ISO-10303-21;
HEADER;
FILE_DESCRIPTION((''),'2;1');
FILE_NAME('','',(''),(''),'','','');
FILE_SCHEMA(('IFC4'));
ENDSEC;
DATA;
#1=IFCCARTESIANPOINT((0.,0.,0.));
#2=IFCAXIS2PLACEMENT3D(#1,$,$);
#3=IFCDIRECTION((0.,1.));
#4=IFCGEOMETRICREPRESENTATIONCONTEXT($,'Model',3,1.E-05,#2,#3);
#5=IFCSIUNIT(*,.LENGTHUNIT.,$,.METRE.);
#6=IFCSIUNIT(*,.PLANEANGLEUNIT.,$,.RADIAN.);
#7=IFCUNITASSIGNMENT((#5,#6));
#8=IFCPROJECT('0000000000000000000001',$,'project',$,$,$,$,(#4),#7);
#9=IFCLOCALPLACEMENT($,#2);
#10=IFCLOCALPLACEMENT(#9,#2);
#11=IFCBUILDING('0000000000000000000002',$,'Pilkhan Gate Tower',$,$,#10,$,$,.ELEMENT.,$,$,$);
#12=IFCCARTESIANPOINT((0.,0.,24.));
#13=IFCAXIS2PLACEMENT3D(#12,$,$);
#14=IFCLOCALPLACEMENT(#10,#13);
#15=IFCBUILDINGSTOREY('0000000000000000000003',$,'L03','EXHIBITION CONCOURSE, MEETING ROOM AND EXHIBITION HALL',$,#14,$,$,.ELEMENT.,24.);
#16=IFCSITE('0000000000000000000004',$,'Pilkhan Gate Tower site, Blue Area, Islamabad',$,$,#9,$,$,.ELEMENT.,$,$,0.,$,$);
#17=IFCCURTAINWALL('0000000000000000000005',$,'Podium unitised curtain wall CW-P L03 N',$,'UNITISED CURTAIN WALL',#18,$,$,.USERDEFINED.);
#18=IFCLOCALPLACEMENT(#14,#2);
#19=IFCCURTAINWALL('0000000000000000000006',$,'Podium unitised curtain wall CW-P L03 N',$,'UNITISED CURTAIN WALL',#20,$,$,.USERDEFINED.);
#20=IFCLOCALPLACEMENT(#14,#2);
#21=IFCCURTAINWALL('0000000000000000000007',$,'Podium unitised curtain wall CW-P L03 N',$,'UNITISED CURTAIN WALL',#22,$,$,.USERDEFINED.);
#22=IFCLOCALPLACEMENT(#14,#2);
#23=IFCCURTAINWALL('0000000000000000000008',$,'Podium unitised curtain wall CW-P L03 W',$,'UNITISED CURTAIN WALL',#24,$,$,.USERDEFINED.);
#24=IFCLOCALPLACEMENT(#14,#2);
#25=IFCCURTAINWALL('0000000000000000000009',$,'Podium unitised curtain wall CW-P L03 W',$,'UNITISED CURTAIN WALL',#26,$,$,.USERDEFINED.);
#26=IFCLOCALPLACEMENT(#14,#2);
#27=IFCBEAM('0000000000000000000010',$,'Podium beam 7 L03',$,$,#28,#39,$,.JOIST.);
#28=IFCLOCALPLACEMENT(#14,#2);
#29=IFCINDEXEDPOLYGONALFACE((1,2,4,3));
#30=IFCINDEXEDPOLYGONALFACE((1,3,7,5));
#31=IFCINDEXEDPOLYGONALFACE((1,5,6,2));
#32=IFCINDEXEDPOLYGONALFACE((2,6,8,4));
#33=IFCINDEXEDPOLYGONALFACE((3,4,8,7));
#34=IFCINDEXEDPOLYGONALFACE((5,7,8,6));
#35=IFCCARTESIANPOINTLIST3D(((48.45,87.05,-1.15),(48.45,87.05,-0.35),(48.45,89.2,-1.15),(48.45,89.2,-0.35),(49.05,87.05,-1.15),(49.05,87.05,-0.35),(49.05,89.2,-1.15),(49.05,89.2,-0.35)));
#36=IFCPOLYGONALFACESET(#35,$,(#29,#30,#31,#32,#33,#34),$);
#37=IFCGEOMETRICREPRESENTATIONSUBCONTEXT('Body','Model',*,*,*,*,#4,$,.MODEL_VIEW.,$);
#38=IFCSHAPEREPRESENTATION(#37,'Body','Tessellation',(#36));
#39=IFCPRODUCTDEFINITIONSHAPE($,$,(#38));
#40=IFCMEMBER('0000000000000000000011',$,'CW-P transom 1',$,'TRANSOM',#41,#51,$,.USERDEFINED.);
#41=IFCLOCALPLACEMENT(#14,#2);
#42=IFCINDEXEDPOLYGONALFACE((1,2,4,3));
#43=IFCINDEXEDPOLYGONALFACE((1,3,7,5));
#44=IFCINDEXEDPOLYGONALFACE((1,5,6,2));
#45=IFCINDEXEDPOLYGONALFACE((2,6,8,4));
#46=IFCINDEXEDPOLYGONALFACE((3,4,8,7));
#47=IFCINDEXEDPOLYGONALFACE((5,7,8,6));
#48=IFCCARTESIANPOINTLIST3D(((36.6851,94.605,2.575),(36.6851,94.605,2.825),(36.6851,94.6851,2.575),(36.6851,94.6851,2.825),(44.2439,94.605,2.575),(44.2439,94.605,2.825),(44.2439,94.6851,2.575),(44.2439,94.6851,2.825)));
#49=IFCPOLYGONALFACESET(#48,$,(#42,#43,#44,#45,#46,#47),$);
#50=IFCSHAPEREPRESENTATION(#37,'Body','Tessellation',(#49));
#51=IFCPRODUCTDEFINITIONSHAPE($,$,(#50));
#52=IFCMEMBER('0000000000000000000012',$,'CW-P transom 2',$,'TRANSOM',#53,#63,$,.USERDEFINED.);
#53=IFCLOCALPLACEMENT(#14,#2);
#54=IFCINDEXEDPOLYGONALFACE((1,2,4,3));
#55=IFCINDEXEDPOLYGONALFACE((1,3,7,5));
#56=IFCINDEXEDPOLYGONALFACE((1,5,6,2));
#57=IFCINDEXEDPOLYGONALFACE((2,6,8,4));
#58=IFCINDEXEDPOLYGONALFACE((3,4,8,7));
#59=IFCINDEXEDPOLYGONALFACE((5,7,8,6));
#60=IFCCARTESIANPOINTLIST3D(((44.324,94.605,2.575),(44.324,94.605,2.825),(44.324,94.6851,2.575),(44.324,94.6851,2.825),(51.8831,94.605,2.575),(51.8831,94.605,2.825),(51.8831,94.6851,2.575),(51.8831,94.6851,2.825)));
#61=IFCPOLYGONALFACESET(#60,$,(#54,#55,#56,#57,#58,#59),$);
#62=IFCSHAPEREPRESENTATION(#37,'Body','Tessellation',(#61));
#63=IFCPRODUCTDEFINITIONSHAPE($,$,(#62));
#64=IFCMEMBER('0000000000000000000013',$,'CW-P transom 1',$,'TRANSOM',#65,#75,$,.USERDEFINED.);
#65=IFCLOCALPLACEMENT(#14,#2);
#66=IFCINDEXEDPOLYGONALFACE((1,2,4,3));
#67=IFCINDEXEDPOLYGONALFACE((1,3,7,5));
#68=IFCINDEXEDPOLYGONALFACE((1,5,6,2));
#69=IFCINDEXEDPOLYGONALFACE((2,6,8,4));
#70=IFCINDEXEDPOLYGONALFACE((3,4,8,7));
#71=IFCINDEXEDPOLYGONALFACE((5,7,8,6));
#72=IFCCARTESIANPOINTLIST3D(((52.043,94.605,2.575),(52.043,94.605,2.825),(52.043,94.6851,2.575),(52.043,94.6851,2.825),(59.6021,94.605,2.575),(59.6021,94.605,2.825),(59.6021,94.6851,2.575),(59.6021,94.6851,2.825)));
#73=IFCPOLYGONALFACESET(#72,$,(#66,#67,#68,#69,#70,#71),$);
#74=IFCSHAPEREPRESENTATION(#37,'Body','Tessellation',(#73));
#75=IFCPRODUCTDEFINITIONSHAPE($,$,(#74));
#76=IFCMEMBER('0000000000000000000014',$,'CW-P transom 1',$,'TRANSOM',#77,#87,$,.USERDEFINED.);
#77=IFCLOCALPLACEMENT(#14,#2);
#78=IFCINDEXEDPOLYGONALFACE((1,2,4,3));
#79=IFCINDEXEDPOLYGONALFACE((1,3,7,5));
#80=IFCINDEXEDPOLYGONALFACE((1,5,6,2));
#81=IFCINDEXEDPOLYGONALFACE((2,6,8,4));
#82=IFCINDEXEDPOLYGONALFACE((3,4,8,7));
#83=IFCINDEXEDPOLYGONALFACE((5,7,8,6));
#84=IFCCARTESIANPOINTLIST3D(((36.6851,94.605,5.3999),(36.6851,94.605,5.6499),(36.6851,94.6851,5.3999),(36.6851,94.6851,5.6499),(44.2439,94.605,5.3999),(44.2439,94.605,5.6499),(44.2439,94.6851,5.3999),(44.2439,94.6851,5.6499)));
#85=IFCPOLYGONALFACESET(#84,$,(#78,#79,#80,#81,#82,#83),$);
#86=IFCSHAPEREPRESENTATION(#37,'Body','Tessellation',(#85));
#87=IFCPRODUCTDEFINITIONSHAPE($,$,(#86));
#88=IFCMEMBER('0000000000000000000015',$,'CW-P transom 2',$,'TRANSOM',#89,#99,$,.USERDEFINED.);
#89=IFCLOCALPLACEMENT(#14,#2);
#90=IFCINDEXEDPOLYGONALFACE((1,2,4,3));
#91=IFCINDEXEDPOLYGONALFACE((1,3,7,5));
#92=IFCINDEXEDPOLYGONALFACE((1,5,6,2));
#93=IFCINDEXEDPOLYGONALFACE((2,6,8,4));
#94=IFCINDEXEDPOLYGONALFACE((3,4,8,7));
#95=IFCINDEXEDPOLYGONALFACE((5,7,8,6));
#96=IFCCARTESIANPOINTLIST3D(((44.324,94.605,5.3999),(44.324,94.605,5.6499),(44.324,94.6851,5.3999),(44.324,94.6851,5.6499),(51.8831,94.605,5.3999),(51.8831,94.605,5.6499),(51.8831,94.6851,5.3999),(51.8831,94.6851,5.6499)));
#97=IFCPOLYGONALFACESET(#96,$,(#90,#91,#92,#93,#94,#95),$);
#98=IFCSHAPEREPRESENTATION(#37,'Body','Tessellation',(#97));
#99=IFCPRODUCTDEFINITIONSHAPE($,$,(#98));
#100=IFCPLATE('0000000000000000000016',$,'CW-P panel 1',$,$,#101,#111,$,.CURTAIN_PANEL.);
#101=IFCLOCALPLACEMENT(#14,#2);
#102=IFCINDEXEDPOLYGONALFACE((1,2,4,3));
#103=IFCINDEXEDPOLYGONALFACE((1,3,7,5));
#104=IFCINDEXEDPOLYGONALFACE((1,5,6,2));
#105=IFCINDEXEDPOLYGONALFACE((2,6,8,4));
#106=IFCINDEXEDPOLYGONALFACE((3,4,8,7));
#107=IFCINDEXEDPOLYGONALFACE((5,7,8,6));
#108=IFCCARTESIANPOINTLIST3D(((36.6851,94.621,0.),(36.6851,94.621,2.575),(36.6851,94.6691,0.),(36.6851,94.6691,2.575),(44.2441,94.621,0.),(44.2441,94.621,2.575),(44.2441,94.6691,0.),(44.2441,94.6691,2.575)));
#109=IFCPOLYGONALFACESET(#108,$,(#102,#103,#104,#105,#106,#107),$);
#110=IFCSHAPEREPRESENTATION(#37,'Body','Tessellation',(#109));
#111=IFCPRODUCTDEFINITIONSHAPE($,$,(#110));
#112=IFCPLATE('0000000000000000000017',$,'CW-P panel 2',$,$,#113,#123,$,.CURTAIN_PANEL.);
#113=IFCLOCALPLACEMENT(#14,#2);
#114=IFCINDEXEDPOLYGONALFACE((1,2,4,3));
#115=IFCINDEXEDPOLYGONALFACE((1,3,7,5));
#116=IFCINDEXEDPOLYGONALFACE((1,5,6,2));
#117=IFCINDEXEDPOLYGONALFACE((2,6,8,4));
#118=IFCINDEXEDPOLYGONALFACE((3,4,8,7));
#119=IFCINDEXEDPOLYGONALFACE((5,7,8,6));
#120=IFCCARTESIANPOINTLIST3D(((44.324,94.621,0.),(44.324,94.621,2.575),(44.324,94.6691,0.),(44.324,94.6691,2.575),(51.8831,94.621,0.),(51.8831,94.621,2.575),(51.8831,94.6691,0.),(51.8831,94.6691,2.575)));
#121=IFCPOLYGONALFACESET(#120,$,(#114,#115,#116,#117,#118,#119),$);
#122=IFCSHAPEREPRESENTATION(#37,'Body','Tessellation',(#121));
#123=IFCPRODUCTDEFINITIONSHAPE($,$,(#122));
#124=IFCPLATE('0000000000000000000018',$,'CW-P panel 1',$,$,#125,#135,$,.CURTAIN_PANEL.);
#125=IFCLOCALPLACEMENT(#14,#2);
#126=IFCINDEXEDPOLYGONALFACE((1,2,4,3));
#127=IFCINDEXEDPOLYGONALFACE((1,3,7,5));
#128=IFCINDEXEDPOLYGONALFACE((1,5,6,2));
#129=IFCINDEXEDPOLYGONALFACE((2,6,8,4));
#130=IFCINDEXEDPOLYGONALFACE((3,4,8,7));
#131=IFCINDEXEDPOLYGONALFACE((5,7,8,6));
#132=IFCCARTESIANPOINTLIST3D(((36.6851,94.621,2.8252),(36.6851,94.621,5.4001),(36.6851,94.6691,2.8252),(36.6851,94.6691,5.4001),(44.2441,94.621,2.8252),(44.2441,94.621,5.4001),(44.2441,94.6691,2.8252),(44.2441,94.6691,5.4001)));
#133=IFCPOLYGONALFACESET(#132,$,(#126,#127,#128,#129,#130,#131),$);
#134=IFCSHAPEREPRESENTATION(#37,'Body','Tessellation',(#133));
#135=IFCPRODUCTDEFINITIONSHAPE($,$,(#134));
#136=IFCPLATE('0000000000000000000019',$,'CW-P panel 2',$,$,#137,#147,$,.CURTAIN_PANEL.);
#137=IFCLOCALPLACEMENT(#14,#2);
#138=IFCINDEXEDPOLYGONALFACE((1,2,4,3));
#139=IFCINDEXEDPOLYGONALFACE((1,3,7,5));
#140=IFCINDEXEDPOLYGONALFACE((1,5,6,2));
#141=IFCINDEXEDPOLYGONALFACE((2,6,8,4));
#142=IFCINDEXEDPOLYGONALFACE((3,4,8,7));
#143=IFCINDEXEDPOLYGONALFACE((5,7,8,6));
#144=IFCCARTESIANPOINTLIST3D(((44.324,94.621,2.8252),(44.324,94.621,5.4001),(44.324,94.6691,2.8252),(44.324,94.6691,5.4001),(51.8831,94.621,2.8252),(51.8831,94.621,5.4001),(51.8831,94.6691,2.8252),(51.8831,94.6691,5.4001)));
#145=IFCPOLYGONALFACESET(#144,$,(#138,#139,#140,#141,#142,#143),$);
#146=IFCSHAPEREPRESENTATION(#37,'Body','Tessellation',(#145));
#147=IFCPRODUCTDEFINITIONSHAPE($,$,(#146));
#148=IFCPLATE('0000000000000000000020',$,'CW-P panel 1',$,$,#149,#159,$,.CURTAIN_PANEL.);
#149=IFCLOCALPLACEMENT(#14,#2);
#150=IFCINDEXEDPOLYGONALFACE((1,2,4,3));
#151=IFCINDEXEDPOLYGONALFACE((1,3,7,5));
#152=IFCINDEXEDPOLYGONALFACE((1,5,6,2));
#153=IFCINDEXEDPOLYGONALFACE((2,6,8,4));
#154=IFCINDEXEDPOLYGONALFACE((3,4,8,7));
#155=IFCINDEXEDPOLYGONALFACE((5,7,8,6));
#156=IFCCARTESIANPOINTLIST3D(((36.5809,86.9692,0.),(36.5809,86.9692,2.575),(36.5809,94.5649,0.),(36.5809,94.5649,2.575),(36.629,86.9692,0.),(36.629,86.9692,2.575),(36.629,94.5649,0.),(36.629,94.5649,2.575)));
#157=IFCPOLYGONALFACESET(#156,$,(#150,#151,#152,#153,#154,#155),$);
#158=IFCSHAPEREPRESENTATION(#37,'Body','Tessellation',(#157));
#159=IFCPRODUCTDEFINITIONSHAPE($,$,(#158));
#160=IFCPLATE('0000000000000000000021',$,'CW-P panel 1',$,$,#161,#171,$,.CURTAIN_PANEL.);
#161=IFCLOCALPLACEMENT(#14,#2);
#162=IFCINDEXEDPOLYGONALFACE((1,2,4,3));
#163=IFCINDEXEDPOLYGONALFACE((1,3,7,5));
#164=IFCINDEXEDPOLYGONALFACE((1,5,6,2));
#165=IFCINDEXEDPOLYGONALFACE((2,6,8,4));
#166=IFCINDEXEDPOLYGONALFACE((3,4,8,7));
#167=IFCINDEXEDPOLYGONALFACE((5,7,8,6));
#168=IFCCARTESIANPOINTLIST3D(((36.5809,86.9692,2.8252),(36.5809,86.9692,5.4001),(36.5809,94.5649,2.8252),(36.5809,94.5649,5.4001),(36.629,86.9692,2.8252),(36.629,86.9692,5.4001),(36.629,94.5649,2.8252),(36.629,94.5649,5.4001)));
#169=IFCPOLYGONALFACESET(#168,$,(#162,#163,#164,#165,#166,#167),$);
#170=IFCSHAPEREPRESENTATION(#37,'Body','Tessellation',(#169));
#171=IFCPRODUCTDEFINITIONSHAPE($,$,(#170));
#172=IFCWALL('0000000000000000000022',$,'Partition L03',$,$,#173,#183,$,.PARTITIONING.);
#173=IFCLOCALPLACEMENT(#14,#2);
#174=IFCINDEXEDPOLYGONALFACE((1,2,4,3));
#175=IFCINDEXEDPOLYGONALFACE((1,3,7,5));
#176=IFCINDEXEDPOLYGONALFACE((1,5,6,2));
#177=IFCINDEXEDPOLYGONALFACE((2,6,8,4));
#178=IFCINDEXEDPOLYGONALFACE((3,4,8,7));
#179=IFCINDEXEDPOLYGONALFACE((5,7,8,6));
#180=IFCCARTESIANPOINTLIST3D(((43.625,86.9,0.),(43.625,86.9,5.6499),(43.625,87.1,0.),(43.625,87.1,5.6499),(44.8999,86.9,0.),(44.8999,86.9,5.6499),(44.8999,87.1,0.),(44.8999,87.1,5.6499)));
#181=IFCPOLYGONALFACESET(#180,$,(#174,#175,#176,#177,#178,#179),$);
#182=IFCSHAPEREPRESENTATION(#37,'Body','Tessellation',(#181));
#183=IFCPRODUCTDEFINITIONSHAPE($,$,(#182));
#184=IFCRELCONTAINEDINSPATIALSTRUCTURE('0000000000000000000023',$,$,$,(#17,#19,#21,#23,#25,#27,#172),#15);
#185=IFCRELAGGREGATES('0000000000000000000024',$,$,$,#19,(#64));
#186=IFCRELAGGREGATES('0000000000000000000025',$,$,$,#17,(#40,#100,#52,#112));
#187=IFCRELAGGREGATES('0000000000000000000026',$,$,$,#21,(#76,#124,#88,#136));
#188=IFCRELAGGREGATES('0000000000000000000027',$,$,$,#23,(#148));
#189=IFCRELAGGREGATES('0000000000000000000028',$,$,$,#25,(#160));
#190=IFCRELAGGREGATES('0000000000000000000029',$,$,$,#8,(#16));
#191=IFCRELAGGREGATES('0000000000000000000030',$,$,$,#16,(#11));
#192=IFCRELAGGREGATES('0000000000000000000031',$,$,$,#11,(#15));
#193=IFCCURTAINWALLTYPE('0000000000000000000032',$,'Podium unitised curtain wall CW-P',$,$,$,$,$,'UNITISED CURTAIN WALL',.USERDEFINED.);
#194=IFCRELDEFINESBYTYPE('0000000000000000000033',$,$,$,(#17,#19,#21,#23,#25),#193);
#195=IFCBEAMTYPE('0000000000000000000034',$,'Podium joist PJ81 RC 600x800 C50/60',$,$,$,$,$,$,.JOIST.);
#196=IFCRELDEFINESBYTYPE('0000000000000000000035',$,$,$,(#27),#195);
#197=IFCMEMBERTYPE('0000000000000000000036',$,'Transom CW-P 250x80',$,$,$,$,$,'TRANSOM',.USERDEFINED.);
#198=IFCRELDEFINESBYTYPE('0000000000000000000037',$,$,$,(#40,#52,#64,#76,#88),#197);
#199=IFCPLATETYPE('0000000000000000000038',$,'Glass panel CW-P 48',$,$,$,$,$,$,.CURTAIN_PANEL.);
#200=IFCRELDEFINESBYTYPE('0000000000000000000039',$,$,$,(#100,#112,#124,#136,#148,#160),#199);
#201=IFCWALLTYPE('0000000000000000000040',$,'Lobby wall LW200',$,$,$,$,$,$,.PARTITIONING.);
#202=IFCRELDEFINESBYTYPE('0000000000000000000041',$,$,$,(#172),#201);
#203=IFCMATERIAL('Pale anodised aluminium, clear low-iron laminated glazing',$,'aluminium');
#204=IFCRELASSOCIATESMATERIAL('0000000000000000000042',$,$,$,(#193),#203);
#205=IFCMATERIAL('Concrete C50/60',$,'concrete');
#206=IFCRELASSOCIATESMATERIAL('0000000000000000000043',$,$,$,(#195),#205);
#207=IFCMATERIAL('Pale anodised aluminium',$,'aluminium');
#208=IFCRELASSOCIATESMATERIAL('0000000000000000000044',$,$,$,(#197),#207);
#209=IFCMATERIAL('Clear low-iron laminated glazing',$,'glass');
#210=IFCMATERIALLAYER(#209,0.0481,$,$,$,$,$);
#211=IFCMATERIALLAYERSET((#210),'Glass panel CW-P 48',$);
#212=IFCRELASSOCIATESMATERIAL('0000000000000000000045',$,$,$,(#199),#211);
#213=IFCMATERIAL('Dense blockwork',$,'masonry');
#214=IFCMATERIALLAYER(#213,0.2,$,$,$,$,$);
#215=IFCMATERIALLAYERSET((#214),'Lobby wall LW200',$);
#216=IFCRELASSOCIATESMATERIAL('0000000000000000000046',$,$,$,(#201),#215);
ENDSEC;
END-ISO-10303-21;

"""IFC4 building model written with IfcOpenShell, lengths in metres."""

from ifc_helpers import new_model, si_unit, direction, frame, frame_2d, origin, origin_2d, place, context, subcontext, project, spatial, rectangle, extrude, material, layer, layer_set, material_profile, profile_set, type_object, element, aggregate, save


model = new_model("IFC4")

# Units and contexts
model_context = context("Model", 3, precision=1e-05, world=origin(), true_north=direction((0.0, 1.0)))
body_context = subcontext(model_context, "Body", "Model", "MODEL_VIEW")
ifc_project = project(units=[si_unit("LENGTHUNIT", "METRE"), si_unit("PLANEANGLEUNIT", "RADIAN")], contexts=[model_context])

# Site, building, storey
site_placement = place(None, origin())
site = spatial("IfcSite", under=ifc_project, at=site_placement, Name="Pilkhan Gate Tower site, Blue Area, Islamabad", CompositionType="ELEMENT", RefElevation=0.0)
building_placement = place(site_placement, origin())
building = spatial("IfcBuilding", under=site, at=building_placement, Name="Pilkhan Gate Tower", CompositionType="ELEMENT")
storey_placement = place(building_placement, frame((0.0, 0.0, 24.0)))
storey = spatial("IfcBuildingStorey", under=building, at=storey_placement, Name="L03", Description="EXHIBITION CONCOURSE, MEETING ROOM AND EXHIBITION HALL", CompositionType="ELEMENT", Elevation=24.0)

# Curtain wall
ifc_material_1 = material(Name="Pale anodised aluminium, clear low-iron laminated glazing", Category="aluminium")
curtain_wall_type = type_object("IfcCurtainWallType", Name="Podium unitised curtain wall CW-P", ElementType="UNITISED CURTAIN WALL", PredefinedType="USERDEFINED", material=ifc_material_1)
curtain_wall_1_placement = place(storey_placement, origin())
curtain_wall_1 = element("IfcCurtainWall", 1, at=curtain_wall_1_placement, inside=storey, type_object=curtain_wall_type, Name="Podium unitised curtain wall CW-P L03 N", ObjectType="UNITISED CURTAIN WALL", PredefinedType="USERDEFINED")
ifc_material_2 = material(Name="Pale anodised aluminium", Category="aluminium")

# Curtain wall
curtain_wall_2_placement = place(storey_placement, origin())
curtain_wall_2 = element("IfcCurtainWall", 2, at=curtain_wall_2_placement, inside=storey, type_object=curtain_wall_type, Name="Podium unitised curtain wall CW-P L03 N", ObjectType="UNITISED CURTAIN WALL", PredefinedType="USERDEFINED")

# Curtain wall
curtain_wall_3_placement = place(storey_placement, origin())
curtain_wall_3 = element("IfcCurtainWall", 3, at=curtain_wall_3_placement, inside=storey, type_object=curtain_wall_type, Name="Podium unitised curtain wall CW-P L03 N", ObjectType="UNITISED CURTAIN WALL", PredefinedType="USERDEFINED")

# Curtain walls
curtain_wall_4_placement = place(storey_placement, origin())
curtain_wall_4 = element("IfcCurtainWall", 4, at=curtain_wall_4_placement, inside=storey, type_object=curtain_wall_type, Name="Podium unitised curtain wall CW-P L03 W", ObjectType="UNITISED CURTAIN WALL", PredefinedType="USERDEFINED")
curtain_wall_5_placement = place(storey_placement, origin())
curtain_wall_5 = element("IfcCurtainWall", 5, at=curtain_wall_5_placement, inside=storey, type_object=curtain_wall_type, Name="Podium unitised curtain wall CW-P L03 W", ObjectType="UNITISED CURTAIN WALL", PredefinedType="USERDEFINED")

# Beam
ifc_material_3 = material(Name="Concrete C50/60", Category="concrete")
ifc_material_profile_1 = material_profile(ifc_material_3, rectangle(XDim=0.6001, YDim=0.8, at=origin_2d()), Name="RC 600x800")
ifc_profile_set_1 = profile_set([ifc_material_profile_1], Name="Concrete C50/60")
beam_type_1 = type_object("IfcBeamType", Name="Podium joist PJ81 RC 600x800 C50/60", PredefinedType="JOIST", material=ifc_profile_set_1)
beam_placement = place(storey_placement, frame((48.75, 87.05, -0.75), z_axis=(0.0, 1.0, 0.0), x_axis=(-1.0, 0.0, 0.0)))
element("IfcBeam", 6, at=beam_placement, inside=storey, type_object=beam_type_1, Name="Podium beam 7 L03", PredefinedType="JOIST", context=body_context, shape_type="SweptSolid", body=[
    extrude(rectangle(XDim=0.6001, YDim=0.8, at=origin_2d()), origin(), (0.0, 0.0, 1.0), 2.1499),
])

# Members
ifc_material_profile_2 = material_profile(ifc_material_2, rectangle(XDim=0.0801, YDim=0.25, at=origin_2d()), Name="Transom 250x80")
ifc_profile_set_2 = profile_set([ifc_material_profile_2], Name="Pale anodised aluminium")
member_type_1 = type_object("IfcMemberType", Name="Transom CW-P 250x80", ElementType="TRANSOM", PredefinedType="USERDEFINED", material=ifc_profile_set_2)
member_1_placement = place(storey_placement, frame((36.6851, 94.645, 2.7), z_axis=(1.0, 0.0, 0.0), x_axis=(0.0, 1.0, 0.0)))
member_1 = element("IfcMember", 7, at=member_1_placement, type_object=member_type_1, Name="CW-P transom 1", ObjectType="TRANSOM", PredefinedType="USERDEFINED", context=body_context, shape_type="SweptSolid", body=[
    extrude(rectangle(XDim=0.0801, YDim=0.25, at=origin_2d()), origin(), (0.0, 0.0, 1.0), 7.5588),
])
member_2_placement = place(storey_placement, frame((44.324, 94.645, 2.7), z_axis=(1.0, 0.0, 0.0), x_axis=(0.0, 1.0, 0.0)))
member_2 = element("IfcMember", 8, at=member_2_placement, type_object=member_type_1, Name="CW-P transom 2", ObjectType="TRANSOM", PredefinedType="USERDEFINED", context=body_context, shape_type="SweptSolid", body=[
    extrude(rectangle(XDim=0.0801, YDim=0.25, at=origin_2d()), origin(), (0.0, 0.0, 1.0), 7.5591),
])
member_3_placement = place(storey_placement, frame((52.043, 94.645, 2.7), z_axis=(1.0, 0.0, 0.0), x_axis=(0.0, 1.0, 0.0)))
member_3 = element("IfcMember", 9, at=member_3_placement, type_object=member_type_1, Name="CW-P transom 1", ObjectType="TRANSOM", PredefinedType="USERDEFINED", context=body_context, shape_type="SweptSolid", body=[
    extrude(rectangle(XDim=0.0801, YDim=0.25, at=origin_2d()), origin(), (0.0, 0.0, 1.0), 7.5591),
])
aggregate(curtain_wall_2, [member_3])
member_4_placement = place(storey_placement, frame((36.6851, 94.645, 5.5249), z_axis=(1.0, 0.0, 0.0), x_axis=(0.0, 1.0, 0.0)))
member_4 = element("IfcMember", 10, at=member_4_placement, type_object=member_type_1, Name="CW-P transom 1", ObjectType="TRANSOM", PredefinedType="USERDEFINED", context=body_context, shape_type="SweptSolid", body=[
    extrude(rectangle(XDim=0.0801, YDim=0.25, at=origin_2d()), origin(), (0.0, 0.0, 1.0), 7.5588),
])
member_5_placement = place(storey_placement, frame((44.324, 94.645, 5.5249), z_axis=(1.0, 0.0, 0.0), x_axis=(0.0, 1.0, 0.0)))
member_5 = element("IfcMember", 11, at=member_5_placement, type_object=member_type_1, Name="CW-P transom 2", ObjectType="TRANSOM", PredefinedType="USERDEFINED", context=body_context, shape_type="SweptSolid", body=[
    extrude(rectangle(XDim=0.0801, YDim=0.25, at=origin_2d()), origin(), (0.0, 0.0, 1.0), 7.5591),
])

# Plates
ifc_material_4 = material(Name="Clear low-iron laminated glazing", Category="glass")
ifc_layer_1 = layer(ifc_material_4, 0.0481)
ifc_layer_set_1 = layer_set([ifc_layer_1], Name="Glass panel CW-P 48")
plate_type = type_object("IfcPlateType", Name="Glass panel CW-P 48", PredefinedType="CURTAIN_PANEL", material=ifc_layer_set_1)
plate_1_placement = place(storey_placement, frame((40.4646, 94.645, 0.0), z_axis=(0.0, 0.0, 1.0), x_axis=(1.0, 0.0, 0.0)))
plate_1 = element("IfcPlate", 12, at=plate_1_placement, type_object=plate_type, Name="CW-P panel 1", PredefinedType="CURTAIN_PANEL", context=body_context, shape_type="SweptSolid", body=[
    extrude(rectangle(XDim=7.5591, YDim=0.0481, at=origin_2d()), origin(), (0.0, 0.0, 1.0), 2.575),
])
plate_2_placement = place(storey_placement, frame((48.1035, 94.645, 0.0), z_axis=(0.0, 0.0, 1.0), x_axis=(1.0, 0.0, 0.0)))
plate_2 = element("IfcPlate", 13, at=plate_2_placement, type_object=plate_type, Name="CW-P panel 2", PredefinedType="CURTAIN_PANEL", context=body_context, shape_type="SweptSolid", body=[
    extrude(rectangle(XDim=7.5591, YDim=0.0481, at=origin_2d()), origin(), (0.0, 0.0, 1.0), 2.575),
])
aggregate(curtain_wall_1, [member_1, plate_1, member_2, plate_2])
plate_3_placement = place(storey_placement, frame((40.4646, 94.645, 2.8252), z_axis=(0.0, 0.0, 1.0), x_axis=(1.0, 0.0, 0.0)))
plate_3 = element("IfcPlate", 14, at=plate_3_placement, type_object=plate_type, Name="CW-P panel 1", PredefinedType="CURTAIN_PANEL", context=body_context, shape_type="SweptSolid", body=[
    extrude(rectangle(XDim=7.5591, YDim=0.0481, at=origin_2d()), origin(), (0.0, 0.0, 1.0), 2.575),
])
plate_4_placement = place(storey_placement, frame((48.1035, 94.645, 2.8252), z_axis=(0.0, 0.0, 1.0), x_axis=(1.0, 0.0, 0.0)))
plate_4 = element("IfcPlate", 15, at=plate_4_placement, type_object=plate_type, Name="CW-P panel 2", PredefinedType="CURTAIN_PANEL", context=body_context, shape_type="SweptSolid", body=[
    extrude(rectangle(XDim=7.5591, YDim=0.0481, at=origin_2d()), origin(), (0.0, 0.0, 1.0), 2.575),
])
aggregate(curtain_wall_3, [member_4, plate_3, member_5, plate_4])
plate_5_placement = place(storey_placement, frame((36.605, 90.7671, 0.0), z_axis=(0.0, 0.0, 1.0), x_axis=(0.0, 1.0, 0.0)))
plate_5 = element("IfcPlate", 16, at=plate_5_placement, type_object=plate_type, Name="CW-P panel 1", PredefinedType="CURTAIN_PANEL", context=body_context, shape_type="SweptSolid", body=[
    extrude(rectangle(XDim=7.5957, YDim=0.0481, at=origin_2d()), origin(), (0.0, 0.0, 1.0), 2.575),
])
aggregate(curtain_wall_4, [plate_5])
plate_6_placement = place(storey_placement, frame((36.605, 90.7671, 2.8252), z_axis=(0.0, 0.0, 1.0), x_axis=(0.0, 1.0, 0.0)))
plate_6 = element("IfcPlate", 17, at=plate_6_placement, type_object=plate_type, Name="CW-P panel 1", PredefinedType="CURTAIN_PANEL", context=body_context, shape_type="SweptSolid", body=[
    extrude(rectangle(XDim=7.5957, YDim=0.0481, at=origin_2d()), origin(), (0.0, 0.0, 1.0), 2.575),
])
aggregate(curtain_wall_5, [plate_6])

# Wall
ifc_material_5 = material(Name="Dense blockwork", Category="masonry")
ifc_layer_2 = layer(ifc_material_5, 0.2)
ifc_layer_set_2 = layer_set([ifc_layer_2], Name="Lobby wall LW200")
wall_type_1 = type_object("IfcWallType", Name="Lobby wall LW200", PredefinedType="PARTITIONING", material=ifc_layer_set_2)
wall_1_placement = place(storey_placement, frame((43.625, 87.0, 0.0), z_axis=(0.0, 0.0, 1.0), x_axis=(1.0, 0.0, 0.0)))
element("IfcWall", 18, at=wall_1_placement, inside=storey, type_object=wall_type_1, Name="Partition L03", PredefinedType="PARTITIONING", context=body_context, shape_type="SweptSolid", body=[
    extrude(rectangle(XDim=1.2749, YDim=0.2, at=frame_2d((0.6375, 0.0))), origin(), (0.0, 0.0, 1.0), 5.6499),
])

save(model, "model.ifc")
